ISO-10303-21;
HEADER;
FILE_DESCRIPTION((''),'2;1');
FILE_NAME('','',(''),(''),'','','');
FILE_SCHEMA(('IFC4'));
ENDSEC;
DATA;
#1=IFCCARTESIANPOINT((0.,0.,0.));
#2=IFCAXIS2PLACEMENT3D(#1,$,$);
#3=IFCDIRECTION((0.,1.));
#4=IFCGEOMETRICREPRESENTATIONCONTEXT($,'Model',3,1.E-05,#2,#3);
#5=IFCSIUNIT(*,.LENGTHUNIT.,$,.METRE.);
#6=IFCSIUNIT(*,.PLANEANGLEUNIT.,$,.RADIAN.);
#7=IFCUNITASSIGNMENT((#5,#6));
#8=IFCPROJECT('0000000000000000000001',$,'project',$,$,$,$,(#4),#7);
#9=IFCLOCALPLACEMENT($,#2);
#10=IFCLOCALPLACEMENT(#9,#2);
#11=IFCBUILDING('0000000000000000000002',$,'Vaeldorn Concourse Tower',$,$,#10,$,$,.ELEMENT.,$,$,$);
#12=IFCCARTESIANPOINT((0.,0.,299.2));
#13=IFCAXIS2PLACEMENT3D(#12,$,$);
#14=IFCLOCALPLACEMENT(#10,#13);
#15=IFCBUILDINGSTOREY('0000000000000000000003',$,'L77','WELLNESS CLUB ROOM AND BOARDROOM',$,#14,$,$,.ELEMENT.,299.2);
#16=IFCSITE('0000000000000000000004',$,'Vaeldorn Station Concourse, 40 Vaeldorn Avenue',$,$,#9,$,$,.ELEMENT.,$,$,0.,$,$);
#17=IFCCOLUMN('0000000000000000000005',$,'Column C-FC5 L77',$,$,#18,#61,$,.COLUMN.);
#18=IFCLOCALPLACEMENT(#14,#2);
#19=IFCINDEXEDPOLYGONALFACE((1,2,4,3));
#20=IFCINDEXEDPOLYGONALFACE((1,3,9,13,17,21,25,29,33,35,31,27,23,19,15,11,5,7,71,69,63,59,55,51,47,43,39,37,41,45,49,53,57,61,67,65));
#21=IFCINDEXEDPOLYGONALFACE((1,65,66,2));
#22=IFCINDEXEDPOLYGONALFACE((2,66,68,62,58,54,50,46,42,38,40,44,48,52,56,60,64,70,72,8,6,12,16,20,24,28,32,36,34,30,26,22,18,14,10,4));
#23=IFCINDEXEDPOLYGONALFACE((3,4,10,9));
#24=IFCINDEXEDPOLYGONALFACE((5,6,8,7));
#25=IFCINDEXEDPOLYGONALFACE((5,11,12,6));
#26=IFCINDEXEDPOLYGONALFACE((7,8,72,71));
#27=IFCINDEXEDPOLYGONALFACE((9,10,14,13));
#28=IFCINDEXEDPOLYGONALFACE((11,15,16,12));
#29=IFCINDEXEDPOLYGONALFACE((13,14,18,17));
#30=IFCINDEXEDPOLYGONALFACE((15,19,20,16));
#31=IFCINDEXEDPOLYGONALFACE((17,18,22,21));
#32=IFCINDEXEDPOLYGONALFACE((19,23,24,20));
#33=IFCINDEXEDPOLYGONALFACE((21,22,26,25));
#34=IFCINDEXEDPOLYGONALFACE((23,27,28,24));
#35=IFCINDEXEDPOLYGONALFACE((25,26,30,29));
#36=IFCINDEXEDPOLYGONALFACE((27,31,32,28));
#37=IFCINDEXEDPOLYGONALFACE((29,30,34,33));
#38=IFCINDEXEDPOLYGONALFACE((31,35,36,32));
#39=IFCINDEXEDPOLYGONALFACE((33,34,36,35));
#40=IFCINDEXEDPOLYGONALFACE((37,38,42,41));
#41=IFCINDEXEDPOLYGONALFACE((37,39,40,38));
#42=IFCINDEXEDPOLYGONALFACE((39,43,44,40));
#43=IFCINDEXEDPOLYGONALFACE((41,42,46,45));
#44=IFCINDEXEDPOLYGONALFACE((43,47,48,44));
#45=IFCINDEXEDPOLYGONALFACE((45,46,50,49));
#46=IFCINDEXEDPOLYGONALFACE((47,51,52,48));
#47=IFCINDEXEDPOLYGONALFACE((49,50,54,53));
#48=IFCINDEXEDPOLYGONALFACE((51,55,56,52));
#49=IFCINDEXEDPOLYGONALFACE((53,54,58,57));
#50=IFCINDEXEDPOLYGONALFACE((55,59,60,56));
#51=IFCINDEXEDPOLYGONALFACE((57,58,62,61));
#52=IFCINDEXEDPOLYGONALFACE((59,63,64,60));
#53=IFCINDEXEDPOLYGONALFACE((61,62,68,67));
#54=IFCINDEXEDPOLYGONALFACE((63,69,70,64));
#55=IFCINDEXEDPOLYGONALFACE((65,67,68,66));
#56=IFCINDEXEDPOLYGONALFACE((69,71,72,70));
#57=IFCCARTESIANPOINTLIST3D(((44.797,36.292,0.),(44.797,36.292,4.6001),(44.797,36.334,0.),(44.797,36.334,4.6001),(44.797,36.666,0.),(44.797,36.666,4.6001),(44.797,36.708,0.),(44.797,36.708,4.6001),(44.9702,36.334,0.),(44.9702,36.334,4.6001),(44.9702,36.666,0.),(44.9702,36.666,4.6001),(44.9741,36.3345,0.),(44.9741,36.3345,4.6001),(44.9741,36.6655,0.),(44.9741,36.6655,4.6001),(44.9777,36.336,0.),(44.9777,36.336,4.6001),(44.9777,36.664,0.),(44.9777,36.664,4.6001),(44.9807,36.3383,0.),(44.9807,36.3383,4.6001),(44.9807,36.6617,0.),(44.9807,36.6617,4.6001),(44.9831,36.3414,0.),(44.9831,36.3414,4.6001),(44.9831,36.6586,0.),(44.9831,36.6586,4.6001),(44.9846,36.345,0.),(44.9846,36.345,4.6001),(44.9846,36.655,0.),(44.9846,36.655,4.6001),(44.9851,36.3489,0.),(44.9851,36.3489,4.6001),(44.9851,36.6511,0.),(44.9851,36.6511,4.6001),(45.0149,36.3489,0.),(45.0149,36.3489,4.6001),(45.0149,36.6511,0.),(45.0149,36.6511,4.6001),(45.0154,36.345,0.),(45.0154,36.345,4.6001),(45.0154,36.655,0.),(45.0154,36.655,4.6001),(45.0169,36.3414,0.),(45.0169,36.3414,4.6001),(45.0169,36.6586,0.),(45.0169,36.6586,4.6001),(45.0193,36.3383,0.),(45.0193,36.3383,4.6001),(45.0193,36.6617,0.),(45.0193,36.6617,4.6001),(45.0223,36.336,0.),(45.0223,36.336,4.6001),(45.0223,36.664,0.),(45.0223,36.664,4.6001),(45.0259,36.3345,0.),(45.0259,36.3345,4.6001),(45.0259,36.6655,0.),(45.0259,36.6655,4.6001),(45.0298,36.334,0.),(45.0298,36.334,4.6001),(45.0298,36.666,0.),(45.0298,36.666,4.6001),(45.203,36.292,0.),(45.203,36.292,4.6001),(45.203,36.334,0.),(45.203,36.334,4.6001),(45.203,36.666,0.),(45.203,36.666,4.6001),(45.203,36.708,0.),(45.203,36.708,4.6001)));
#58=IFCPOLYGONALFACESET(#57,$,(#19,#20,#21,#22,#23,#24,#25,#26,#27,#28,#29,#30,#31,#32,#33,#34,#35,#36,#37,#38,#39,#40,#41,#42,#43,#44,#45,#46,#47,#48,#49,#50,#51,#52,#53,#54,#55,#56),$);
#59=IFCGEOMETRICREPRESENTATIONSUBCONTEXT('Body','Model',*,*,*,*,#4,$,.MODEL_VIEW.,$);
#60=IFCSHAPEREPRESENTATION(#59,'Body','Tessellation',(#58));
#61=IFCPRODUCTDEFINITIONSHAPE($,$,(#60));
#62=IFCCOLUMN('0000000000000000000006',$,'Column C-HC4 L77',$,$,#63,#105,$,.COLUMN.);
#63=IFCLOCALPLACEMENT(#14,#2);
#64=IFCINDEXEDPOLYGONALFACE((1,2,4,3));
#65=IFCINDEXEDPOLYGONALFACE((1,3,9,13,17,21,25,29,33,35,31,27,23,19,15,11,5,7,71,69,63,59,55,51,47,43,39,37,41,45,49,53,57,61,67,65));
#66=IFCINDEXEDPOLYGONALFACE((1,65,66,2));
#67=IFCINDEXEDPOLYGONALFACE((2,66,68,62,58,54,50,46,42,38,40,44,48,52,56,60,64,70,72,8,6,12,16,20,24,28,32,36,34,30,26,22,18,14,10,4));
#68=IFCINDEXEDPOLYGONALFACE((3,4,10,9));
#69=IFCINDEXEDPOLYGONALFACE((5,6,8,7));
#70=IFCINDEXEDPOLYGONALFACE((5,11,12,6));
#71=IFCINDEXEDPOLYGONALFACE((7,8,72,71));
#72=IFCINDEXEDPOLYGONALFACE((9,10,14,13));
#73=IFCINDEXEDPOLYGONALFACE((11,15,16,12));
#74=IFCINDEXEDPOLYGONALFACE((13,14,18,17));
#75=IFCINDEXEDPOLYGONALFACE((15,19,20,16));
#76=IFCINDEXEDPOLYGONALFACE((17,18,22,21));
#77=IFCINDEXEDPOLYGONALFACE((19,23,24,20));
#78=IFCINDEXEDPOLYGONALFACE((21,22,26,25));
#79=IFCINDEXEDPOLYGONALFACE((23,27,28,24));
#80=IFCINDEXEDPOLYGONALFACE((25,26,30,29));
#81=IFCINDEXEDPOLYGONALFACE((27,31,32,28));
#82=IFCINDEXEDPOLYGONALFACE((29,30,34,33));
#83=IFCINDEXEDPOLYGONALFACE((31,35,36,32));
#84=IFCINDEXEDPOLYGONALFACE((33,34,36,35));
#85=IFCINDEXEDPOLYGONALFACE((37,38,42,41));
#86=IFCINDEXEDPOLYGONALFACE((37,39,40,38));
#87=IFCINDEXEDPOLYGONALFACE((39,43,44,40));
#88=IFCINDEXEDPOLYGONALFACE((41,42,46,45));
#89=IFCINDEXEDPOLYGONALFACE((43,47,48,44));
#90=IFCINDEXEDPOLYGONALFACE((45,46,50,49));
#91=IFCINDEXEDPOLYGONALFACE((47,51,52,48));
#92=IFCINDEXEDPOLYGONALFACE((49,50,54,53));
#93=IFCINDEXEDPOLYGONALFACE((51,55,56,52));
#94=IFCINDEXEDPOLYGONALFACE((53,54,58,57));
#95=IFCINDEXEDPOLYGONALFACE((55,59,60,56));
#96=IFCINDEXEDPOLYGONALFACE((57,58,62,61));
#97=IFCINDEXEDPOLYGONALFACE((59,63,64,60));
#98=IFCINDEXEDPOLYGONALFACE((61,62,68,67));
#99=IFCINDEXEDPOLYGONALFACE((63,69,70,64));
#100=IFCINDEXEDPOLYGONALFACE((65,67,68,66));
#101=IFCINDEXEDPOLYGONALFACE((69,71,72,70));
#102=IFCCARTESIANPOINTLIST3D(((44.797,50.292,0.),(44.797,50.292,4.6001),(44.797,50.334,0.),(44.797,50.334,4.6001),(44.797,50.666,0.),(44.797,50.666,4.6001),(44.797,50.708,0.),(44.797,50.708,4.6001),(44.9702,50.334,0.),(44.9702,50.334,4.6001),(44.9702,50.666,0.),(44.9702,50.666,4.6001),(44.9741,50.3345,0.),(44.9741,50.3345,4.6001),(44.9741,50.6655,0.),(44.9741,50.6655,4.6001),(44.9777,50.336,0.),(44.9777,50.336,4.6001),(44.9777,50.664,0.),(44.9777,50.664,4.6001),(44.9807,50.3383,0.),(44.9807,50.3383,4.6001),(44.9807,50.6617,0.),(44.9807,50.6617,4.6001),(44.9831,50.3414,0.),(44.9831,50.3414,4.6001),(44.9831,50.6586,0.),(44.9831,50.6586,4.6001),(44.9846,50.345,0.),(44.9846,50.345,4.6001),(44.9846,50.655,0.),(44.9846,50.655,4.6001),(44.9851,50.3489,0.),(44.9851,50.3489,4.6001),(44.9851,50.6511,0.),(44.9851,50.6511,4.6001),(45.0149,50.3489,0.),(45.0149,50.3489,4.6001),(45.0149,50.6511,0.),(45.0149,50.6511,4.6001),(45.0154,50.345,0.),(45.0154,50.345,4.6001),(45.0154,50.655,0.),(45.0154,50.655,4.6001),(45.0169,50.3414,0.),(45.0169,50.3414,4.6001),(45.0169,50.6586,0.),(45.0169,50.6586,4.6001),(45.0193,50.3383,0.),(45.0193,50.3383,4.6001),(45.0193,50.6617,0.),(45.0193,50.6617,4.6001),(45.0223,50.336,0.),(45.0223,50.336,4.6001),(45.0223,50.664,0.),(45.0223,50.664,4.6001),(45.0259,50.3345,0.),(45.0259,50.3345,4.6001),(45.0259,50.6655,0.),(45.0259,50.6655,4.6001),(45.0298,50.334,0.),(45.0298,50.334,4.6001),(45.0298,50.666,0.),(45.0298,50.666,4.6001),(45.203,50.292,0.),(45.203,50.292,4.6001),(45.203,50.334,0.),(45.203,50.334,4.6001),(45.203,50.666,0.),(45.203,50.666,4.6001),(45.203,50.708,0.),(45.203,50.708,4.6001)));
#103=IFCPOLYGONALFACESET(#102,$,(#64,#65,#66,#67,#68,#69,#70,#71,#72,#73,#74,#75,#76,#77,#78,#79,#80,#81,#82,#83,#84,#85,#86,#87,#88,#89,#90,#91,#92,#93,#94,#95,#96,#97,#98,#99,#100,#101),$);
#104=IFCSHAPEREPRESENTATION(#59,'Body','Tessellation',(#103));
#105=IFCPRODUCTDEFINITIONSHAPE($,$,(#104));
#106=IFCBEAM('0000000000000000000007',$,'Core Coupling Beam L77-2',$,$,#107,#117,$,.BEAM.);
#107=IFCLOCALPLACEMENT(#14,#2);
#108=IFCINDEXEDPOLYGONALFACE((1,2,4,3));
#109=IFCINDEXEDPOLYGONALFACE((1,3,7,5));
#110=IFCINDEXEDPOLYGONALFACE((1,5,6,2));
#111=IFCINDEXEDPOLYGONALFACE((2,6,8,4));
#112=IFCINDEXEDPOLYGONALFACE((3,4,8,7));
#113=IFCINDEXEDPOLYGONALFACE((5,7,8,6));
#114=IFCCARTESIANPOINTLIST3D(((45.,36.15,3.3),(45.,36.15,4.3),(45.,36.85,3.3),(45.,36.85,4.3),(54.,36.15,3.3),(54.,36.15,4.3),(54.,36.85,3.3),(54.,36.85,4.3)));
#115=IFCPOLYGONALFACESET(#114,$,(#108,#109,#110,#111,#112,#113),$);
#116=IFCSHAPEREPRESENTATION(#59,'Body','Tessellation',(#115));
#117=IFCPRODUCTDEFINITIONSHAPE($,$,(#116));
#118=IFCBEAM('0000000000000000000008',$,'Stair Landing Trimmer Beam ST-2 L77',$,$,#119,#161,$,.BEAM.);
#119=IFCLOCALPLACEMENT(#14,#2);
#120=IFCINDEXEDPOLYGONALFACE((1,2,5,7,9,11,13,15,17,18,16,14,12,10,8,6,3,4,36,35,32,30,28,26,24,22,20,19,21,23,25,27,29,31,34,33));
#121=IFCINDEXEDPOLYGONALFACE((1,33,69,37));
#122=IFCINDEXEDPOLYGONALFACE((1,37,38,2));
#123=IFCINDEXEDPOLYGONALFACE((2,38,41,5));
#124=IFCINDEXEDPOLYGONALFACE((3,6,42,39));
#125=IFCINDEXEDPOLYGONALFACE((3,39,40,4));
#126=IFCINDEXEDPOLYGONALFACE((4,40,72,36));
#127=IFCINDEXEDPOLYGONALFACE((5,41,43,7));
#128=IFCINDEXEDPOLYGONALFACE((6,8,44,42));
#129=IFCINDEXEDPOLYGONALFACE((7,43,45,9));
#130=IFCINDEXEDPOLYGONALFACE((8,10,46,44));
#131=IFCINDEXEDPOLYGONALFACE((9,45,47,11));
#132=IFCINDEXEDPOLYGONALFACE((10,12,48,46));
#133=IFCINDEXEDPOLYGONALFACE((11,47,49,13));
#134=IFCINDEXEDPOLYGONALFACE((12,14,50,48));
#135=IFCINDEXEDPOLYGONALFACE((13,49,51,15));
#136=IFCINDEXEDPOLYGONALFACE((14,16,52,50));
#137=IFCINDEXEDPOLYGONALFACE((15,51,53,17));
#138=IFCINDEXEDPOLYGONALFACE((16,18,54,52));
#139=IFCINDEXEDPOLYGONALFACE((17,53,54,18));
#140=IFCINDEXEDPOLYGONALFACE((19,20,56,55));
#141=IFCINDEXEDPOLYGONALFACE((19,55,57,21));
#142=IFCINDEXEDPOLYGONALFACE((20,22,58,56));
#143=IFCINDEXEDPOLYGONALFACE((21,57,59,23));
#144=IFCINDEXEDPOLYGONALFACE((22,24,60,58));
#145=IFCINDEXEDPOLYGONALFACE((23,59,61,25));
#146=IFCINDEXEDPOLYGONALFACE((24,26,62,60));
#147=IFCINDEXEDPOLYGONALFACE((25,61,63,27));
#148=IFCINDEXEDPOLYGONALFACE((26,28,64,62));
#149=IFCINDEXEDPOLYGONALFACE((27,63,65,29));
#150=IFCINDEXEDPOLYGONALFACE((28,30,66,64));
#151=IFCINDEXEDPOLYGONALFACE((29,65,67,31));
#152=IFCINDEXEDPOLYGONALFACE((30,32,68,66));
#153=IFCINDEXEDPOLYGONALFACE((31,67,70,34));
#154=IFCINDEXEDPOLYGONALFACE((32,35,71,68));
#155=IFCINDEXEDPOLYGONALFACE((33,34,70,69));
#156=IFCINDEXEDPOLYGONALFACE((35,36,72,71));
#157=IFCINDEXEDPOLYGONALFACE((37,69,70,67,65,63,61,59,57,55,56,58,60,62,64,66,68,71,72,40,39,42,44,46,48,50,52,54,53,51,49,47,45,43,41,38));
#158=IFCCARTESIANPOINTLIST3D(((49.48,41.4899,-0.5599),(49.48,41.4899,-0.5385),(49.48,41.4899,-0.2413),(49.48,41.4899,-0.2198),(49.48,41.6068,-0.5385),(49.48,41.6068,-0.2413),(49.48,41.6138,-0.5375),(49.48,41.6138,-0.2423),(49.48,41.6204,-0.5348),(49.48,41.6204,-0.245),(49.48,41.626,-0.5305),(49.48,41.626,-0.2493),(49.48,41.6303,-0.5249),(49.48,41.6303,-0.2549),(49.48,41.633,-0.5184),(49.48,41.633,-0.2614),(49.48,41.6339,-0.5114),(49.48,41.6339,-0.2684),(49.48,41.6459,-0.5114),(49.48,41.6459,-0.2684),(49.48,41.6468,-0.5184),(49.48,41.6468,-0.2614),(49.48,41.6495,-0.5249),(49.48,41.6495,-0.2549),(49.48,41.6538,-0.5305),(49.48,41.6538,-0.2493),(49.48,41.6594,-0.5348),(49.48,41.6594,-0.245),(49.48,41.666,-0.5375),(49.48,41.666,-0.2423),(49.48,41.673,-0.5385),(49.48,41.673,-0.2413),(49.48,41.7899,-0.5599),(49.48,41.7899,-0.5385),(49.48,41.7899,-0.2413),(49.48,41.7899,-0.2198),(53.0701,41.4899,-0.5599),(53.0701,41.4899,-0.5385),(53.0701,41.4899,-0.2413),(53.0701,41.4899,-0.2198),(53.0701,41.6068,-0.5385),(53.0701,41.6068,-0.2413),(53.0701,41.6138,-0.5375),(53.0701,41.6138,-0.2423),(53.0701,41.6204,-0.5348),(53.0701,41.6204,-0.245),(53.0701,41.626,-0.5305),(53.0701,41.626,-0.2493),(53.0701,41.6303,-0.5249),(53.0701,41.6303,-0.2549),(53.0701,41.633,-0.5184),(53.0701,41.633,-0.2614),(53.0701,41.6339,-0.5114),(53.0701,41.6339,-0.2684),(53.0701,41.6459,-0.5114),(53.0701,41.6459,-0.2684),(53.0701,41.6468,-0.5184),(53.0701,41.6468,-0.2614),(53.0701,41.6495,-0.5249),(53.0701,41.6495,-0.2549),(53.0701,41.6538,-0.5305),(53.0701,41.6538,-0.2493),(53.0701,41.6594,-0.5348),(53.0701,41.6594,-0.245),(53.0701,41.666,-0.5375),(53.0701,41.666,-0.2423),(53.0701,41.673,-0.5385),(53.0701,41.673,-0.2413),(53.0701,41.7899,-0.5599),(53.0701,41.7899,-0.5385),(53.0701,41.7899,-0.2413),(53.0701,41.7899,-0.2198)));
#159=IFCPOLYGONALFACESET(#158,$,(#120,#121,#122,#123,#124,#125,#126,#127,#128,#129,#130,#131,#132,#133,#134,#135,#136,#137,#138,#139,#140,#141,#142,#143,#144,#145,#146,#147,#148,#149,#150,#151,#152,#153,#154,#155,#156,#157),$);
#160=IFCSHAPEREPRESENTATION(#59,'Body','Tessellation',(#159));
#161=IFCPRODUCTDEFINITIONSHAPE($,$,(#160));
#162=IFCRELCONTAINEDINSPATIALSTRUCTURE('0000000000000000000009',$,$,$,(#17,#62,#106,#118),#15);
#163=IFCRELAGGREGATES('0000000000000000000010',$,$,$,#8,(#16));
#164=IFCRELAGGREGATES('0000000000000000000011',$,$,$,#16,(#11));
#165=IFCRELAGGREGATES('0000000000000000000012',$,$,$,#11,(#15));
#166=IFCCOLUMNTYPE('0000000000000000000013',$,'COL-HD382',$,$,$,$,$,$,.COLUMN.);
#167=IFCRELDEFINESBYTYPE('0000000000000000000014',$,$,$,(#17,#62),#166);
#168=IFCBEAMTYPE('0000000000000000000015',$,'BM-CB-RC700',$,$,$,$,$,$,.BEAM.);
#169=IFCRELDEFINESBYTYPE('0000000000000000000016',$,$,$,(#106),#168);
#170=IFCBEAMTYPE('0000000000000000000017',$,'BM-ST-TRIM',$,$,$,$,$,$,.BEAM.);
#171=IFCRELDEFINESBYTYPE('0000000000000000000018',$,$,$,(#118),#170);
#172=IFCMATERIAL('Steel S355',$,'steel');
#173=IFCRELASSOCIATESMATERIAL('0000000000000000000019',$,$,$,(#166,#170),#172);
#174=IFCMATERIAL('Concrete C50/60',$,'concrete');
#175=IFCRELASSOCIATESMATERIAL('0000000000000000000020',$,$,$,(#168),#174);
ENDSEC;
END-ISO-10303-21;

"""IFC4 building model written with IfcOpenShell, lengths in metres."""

from ifc_helpers import new_model, si_unit, direction, frame, origin, origin_2d, place, context, subcontext, project, spatial, rectangle, i_section, extrude, source, transform, mapped, material, material_profile, profile_set, type_object, element, save


model = new_model("IFC4")

# Units and contexts
model_context = context("Model", 3, precision=1e-05, world=origin(), true_north=direction((0.0, 1.0)))
body_context = subcontext(model_context, "Body", "Model", "MODEL_VIEW")
ifc_project = project(units=[si_unit("LENGTHUNIT", "METRE"), si_unit("PLANEANGLEUNIT", "RADIAN")], contexts=[model_context])

# Site, building, storey
site_placement = place(None, origin())
site = spatial("IfcSite", under=ifc_project, at=site_placement, Name="Vaeldorn Station Concourse, 40 Vaeldorn Avenue", CompositionType="ELEMENT", RefElevation=0.0)
building_placement = place(site_placement, origin())
building = spatial("IfcBuilding", under=site, at=building_placement, Name="Vaeldorn Concourse Tower", CompositionType="ELEMENT")
storey_placement = place(building_placement, frame((0.0, 0.0, 299.2)))
storey = spatial("IfcBuildingStorey", under=building, at=storey_placement, Name="L77", Description="WELLNESS CLUB ROOM AND BOARDROOM", CompositionType="ELEMENT", Elevation=299.2)

# Columns
ifc_material_1 = material(Name="Steel S355", Category="steel")
ifc_material_profile_1 = material_profile(ifc_material_1, i_section(OverallWidth=0.406, OverallDepth=0.416, WebThickness=0.0298, FlangeThickness=0.042, FilletRadius=0.0149, at=origin_2d()), Name="HD 400x382")
ifc_profile_set_1 = profile_set([ifc_material_profile_1], Name="Steel S355")
column_type = type_object("IfcColumnType", Name="COL-HD382", PredefinedType="COLUMN", material=ifc_profile_set_1)
shared_shape_1 = source(origin(), body_context, "Body", "SweptSolid", [
    extrude(i_section(OverallWidth=0.406, OverallDepth=0.416, WebThickness=0.0298, FlangeThickness=0.042, FilletRadius=0.0149, at=origin_2d()), origin(), (0.0, 0.0, 1.0), 4.6001),
])
for number, where, z_axis, x_axis, name in (
    (1, (45.0, 36.5, 0.0), (0.0, 0.0, 1.0), (1.0, 0.0, 0.0), "Column C-FC5 L77"),
    (2, (45.0, 50.5, 0.0), (0.0, 0.0, 1.0), (1.0, 0.0, 0.0), "Column C-HC4 L77"),
):
    element("IfcColumn", number, at=place(storey_placement, frame(where, z_axis=z_axis, x_axis=x_axis)), inside=storey, type_object=column_type, Name=name, PredefinedType="COLUMN", context=body_context, shape_type="MappedRepresentation", body=[
        mapped(shared_shape_1, transform((0.0, 0.0, 0.0), scale=1.0)),
    ])

# Beams
ifc_material_2 = material(Name="Concrete C50/60", Category="concrete")
ifc_material_profile_2 = material_profile(ifc_material_2, rectangle(XDim=0.7, YDim=1.0, at=origin_2d()), Name="RC 700x1000")
ifc_profile_set_2 = profile_set([ifc_material_profile_2], Name="Concrete C50/60")
beam_type_1 = type_object("IfcBeamType", Name="BM-CB-RC700", PredefinedType="BEAM", material=ifc_profile_set_2)
shared_shape_2 = source(origin(), body_context, "Body", "SweptSolid", [
    extrude(rectangle(XDim=0.7, YDim=1.0, at=origin_2d()), origin(), (0.0, 0.0, 1.0), 9.0),
])
beam_1_placement = place(storey_placement, frame((45.0, 36.5, 3.8), z_axis=(1.0, 0.0, 0.0), x_axis=(0.0, 1.0, 0.0)))
element("IfcBeam", 3, at=beam_1_placement, inside=storey, type_object=beam_type_1, Name="Core Coupling Beam L77-2", PredefinedType="BEAM", context=body_context, shape_type="MappedRepresentation", body=[
    mapped(shared_shape_2, transform((0.0, 0.0, 0.0), scale=1.0)),
])
ifc_material_profile_3 = material_profile(ifc_material_1, i_section(OverallWidth=0.3, OverallDepth=0.3401, WebThickness=0.012, FlangeThickness=0.0215, FilletRadius=0.0271, at=origin_2d()), Name="HEB 340")
ifc_profile_set_3 = profile_set([ifc_material_profile_3], Name="Steel S355")
beam_type_2 = type_object("IfcBeamType", Name="BM-ST-TRIM", PredefinedType="BEAM", material=ifc_profile_set_3)
shared_shape_3 = source(origin(), body_context, "Body", "SweptSolid", [
    extrude(i_section(OverallWidth=0.3, OverallDepth=0.3401, WebThickness=0.012, FlangeThickness=0.0215, FilletRadius=0.0271, at=origin_2d()), origin(), (0.0, 0.0, 1.0), 3.5901),
])
beam_2_placement = place(storey_placement, frame((49.48, 41.6399, -0.3899), z_axis=(1.0, 0.0, 0.0), x_axis=(0.0, 1.0, 0.0)))
element("IfcBeam", 4, at=beam_2_placement, inside=storey, type_object=beam_type_2, Name="Stair Landing Trimmer Beam ST-2 L77", PredefinedType="BEAM", context=body_context, shape_type="MappedRepresentation", body=[
    mapped(shared_shape_3, transform((0.0, 0.0, 0.0), scale=1.0)),
])

save(model, "model.ifc")
